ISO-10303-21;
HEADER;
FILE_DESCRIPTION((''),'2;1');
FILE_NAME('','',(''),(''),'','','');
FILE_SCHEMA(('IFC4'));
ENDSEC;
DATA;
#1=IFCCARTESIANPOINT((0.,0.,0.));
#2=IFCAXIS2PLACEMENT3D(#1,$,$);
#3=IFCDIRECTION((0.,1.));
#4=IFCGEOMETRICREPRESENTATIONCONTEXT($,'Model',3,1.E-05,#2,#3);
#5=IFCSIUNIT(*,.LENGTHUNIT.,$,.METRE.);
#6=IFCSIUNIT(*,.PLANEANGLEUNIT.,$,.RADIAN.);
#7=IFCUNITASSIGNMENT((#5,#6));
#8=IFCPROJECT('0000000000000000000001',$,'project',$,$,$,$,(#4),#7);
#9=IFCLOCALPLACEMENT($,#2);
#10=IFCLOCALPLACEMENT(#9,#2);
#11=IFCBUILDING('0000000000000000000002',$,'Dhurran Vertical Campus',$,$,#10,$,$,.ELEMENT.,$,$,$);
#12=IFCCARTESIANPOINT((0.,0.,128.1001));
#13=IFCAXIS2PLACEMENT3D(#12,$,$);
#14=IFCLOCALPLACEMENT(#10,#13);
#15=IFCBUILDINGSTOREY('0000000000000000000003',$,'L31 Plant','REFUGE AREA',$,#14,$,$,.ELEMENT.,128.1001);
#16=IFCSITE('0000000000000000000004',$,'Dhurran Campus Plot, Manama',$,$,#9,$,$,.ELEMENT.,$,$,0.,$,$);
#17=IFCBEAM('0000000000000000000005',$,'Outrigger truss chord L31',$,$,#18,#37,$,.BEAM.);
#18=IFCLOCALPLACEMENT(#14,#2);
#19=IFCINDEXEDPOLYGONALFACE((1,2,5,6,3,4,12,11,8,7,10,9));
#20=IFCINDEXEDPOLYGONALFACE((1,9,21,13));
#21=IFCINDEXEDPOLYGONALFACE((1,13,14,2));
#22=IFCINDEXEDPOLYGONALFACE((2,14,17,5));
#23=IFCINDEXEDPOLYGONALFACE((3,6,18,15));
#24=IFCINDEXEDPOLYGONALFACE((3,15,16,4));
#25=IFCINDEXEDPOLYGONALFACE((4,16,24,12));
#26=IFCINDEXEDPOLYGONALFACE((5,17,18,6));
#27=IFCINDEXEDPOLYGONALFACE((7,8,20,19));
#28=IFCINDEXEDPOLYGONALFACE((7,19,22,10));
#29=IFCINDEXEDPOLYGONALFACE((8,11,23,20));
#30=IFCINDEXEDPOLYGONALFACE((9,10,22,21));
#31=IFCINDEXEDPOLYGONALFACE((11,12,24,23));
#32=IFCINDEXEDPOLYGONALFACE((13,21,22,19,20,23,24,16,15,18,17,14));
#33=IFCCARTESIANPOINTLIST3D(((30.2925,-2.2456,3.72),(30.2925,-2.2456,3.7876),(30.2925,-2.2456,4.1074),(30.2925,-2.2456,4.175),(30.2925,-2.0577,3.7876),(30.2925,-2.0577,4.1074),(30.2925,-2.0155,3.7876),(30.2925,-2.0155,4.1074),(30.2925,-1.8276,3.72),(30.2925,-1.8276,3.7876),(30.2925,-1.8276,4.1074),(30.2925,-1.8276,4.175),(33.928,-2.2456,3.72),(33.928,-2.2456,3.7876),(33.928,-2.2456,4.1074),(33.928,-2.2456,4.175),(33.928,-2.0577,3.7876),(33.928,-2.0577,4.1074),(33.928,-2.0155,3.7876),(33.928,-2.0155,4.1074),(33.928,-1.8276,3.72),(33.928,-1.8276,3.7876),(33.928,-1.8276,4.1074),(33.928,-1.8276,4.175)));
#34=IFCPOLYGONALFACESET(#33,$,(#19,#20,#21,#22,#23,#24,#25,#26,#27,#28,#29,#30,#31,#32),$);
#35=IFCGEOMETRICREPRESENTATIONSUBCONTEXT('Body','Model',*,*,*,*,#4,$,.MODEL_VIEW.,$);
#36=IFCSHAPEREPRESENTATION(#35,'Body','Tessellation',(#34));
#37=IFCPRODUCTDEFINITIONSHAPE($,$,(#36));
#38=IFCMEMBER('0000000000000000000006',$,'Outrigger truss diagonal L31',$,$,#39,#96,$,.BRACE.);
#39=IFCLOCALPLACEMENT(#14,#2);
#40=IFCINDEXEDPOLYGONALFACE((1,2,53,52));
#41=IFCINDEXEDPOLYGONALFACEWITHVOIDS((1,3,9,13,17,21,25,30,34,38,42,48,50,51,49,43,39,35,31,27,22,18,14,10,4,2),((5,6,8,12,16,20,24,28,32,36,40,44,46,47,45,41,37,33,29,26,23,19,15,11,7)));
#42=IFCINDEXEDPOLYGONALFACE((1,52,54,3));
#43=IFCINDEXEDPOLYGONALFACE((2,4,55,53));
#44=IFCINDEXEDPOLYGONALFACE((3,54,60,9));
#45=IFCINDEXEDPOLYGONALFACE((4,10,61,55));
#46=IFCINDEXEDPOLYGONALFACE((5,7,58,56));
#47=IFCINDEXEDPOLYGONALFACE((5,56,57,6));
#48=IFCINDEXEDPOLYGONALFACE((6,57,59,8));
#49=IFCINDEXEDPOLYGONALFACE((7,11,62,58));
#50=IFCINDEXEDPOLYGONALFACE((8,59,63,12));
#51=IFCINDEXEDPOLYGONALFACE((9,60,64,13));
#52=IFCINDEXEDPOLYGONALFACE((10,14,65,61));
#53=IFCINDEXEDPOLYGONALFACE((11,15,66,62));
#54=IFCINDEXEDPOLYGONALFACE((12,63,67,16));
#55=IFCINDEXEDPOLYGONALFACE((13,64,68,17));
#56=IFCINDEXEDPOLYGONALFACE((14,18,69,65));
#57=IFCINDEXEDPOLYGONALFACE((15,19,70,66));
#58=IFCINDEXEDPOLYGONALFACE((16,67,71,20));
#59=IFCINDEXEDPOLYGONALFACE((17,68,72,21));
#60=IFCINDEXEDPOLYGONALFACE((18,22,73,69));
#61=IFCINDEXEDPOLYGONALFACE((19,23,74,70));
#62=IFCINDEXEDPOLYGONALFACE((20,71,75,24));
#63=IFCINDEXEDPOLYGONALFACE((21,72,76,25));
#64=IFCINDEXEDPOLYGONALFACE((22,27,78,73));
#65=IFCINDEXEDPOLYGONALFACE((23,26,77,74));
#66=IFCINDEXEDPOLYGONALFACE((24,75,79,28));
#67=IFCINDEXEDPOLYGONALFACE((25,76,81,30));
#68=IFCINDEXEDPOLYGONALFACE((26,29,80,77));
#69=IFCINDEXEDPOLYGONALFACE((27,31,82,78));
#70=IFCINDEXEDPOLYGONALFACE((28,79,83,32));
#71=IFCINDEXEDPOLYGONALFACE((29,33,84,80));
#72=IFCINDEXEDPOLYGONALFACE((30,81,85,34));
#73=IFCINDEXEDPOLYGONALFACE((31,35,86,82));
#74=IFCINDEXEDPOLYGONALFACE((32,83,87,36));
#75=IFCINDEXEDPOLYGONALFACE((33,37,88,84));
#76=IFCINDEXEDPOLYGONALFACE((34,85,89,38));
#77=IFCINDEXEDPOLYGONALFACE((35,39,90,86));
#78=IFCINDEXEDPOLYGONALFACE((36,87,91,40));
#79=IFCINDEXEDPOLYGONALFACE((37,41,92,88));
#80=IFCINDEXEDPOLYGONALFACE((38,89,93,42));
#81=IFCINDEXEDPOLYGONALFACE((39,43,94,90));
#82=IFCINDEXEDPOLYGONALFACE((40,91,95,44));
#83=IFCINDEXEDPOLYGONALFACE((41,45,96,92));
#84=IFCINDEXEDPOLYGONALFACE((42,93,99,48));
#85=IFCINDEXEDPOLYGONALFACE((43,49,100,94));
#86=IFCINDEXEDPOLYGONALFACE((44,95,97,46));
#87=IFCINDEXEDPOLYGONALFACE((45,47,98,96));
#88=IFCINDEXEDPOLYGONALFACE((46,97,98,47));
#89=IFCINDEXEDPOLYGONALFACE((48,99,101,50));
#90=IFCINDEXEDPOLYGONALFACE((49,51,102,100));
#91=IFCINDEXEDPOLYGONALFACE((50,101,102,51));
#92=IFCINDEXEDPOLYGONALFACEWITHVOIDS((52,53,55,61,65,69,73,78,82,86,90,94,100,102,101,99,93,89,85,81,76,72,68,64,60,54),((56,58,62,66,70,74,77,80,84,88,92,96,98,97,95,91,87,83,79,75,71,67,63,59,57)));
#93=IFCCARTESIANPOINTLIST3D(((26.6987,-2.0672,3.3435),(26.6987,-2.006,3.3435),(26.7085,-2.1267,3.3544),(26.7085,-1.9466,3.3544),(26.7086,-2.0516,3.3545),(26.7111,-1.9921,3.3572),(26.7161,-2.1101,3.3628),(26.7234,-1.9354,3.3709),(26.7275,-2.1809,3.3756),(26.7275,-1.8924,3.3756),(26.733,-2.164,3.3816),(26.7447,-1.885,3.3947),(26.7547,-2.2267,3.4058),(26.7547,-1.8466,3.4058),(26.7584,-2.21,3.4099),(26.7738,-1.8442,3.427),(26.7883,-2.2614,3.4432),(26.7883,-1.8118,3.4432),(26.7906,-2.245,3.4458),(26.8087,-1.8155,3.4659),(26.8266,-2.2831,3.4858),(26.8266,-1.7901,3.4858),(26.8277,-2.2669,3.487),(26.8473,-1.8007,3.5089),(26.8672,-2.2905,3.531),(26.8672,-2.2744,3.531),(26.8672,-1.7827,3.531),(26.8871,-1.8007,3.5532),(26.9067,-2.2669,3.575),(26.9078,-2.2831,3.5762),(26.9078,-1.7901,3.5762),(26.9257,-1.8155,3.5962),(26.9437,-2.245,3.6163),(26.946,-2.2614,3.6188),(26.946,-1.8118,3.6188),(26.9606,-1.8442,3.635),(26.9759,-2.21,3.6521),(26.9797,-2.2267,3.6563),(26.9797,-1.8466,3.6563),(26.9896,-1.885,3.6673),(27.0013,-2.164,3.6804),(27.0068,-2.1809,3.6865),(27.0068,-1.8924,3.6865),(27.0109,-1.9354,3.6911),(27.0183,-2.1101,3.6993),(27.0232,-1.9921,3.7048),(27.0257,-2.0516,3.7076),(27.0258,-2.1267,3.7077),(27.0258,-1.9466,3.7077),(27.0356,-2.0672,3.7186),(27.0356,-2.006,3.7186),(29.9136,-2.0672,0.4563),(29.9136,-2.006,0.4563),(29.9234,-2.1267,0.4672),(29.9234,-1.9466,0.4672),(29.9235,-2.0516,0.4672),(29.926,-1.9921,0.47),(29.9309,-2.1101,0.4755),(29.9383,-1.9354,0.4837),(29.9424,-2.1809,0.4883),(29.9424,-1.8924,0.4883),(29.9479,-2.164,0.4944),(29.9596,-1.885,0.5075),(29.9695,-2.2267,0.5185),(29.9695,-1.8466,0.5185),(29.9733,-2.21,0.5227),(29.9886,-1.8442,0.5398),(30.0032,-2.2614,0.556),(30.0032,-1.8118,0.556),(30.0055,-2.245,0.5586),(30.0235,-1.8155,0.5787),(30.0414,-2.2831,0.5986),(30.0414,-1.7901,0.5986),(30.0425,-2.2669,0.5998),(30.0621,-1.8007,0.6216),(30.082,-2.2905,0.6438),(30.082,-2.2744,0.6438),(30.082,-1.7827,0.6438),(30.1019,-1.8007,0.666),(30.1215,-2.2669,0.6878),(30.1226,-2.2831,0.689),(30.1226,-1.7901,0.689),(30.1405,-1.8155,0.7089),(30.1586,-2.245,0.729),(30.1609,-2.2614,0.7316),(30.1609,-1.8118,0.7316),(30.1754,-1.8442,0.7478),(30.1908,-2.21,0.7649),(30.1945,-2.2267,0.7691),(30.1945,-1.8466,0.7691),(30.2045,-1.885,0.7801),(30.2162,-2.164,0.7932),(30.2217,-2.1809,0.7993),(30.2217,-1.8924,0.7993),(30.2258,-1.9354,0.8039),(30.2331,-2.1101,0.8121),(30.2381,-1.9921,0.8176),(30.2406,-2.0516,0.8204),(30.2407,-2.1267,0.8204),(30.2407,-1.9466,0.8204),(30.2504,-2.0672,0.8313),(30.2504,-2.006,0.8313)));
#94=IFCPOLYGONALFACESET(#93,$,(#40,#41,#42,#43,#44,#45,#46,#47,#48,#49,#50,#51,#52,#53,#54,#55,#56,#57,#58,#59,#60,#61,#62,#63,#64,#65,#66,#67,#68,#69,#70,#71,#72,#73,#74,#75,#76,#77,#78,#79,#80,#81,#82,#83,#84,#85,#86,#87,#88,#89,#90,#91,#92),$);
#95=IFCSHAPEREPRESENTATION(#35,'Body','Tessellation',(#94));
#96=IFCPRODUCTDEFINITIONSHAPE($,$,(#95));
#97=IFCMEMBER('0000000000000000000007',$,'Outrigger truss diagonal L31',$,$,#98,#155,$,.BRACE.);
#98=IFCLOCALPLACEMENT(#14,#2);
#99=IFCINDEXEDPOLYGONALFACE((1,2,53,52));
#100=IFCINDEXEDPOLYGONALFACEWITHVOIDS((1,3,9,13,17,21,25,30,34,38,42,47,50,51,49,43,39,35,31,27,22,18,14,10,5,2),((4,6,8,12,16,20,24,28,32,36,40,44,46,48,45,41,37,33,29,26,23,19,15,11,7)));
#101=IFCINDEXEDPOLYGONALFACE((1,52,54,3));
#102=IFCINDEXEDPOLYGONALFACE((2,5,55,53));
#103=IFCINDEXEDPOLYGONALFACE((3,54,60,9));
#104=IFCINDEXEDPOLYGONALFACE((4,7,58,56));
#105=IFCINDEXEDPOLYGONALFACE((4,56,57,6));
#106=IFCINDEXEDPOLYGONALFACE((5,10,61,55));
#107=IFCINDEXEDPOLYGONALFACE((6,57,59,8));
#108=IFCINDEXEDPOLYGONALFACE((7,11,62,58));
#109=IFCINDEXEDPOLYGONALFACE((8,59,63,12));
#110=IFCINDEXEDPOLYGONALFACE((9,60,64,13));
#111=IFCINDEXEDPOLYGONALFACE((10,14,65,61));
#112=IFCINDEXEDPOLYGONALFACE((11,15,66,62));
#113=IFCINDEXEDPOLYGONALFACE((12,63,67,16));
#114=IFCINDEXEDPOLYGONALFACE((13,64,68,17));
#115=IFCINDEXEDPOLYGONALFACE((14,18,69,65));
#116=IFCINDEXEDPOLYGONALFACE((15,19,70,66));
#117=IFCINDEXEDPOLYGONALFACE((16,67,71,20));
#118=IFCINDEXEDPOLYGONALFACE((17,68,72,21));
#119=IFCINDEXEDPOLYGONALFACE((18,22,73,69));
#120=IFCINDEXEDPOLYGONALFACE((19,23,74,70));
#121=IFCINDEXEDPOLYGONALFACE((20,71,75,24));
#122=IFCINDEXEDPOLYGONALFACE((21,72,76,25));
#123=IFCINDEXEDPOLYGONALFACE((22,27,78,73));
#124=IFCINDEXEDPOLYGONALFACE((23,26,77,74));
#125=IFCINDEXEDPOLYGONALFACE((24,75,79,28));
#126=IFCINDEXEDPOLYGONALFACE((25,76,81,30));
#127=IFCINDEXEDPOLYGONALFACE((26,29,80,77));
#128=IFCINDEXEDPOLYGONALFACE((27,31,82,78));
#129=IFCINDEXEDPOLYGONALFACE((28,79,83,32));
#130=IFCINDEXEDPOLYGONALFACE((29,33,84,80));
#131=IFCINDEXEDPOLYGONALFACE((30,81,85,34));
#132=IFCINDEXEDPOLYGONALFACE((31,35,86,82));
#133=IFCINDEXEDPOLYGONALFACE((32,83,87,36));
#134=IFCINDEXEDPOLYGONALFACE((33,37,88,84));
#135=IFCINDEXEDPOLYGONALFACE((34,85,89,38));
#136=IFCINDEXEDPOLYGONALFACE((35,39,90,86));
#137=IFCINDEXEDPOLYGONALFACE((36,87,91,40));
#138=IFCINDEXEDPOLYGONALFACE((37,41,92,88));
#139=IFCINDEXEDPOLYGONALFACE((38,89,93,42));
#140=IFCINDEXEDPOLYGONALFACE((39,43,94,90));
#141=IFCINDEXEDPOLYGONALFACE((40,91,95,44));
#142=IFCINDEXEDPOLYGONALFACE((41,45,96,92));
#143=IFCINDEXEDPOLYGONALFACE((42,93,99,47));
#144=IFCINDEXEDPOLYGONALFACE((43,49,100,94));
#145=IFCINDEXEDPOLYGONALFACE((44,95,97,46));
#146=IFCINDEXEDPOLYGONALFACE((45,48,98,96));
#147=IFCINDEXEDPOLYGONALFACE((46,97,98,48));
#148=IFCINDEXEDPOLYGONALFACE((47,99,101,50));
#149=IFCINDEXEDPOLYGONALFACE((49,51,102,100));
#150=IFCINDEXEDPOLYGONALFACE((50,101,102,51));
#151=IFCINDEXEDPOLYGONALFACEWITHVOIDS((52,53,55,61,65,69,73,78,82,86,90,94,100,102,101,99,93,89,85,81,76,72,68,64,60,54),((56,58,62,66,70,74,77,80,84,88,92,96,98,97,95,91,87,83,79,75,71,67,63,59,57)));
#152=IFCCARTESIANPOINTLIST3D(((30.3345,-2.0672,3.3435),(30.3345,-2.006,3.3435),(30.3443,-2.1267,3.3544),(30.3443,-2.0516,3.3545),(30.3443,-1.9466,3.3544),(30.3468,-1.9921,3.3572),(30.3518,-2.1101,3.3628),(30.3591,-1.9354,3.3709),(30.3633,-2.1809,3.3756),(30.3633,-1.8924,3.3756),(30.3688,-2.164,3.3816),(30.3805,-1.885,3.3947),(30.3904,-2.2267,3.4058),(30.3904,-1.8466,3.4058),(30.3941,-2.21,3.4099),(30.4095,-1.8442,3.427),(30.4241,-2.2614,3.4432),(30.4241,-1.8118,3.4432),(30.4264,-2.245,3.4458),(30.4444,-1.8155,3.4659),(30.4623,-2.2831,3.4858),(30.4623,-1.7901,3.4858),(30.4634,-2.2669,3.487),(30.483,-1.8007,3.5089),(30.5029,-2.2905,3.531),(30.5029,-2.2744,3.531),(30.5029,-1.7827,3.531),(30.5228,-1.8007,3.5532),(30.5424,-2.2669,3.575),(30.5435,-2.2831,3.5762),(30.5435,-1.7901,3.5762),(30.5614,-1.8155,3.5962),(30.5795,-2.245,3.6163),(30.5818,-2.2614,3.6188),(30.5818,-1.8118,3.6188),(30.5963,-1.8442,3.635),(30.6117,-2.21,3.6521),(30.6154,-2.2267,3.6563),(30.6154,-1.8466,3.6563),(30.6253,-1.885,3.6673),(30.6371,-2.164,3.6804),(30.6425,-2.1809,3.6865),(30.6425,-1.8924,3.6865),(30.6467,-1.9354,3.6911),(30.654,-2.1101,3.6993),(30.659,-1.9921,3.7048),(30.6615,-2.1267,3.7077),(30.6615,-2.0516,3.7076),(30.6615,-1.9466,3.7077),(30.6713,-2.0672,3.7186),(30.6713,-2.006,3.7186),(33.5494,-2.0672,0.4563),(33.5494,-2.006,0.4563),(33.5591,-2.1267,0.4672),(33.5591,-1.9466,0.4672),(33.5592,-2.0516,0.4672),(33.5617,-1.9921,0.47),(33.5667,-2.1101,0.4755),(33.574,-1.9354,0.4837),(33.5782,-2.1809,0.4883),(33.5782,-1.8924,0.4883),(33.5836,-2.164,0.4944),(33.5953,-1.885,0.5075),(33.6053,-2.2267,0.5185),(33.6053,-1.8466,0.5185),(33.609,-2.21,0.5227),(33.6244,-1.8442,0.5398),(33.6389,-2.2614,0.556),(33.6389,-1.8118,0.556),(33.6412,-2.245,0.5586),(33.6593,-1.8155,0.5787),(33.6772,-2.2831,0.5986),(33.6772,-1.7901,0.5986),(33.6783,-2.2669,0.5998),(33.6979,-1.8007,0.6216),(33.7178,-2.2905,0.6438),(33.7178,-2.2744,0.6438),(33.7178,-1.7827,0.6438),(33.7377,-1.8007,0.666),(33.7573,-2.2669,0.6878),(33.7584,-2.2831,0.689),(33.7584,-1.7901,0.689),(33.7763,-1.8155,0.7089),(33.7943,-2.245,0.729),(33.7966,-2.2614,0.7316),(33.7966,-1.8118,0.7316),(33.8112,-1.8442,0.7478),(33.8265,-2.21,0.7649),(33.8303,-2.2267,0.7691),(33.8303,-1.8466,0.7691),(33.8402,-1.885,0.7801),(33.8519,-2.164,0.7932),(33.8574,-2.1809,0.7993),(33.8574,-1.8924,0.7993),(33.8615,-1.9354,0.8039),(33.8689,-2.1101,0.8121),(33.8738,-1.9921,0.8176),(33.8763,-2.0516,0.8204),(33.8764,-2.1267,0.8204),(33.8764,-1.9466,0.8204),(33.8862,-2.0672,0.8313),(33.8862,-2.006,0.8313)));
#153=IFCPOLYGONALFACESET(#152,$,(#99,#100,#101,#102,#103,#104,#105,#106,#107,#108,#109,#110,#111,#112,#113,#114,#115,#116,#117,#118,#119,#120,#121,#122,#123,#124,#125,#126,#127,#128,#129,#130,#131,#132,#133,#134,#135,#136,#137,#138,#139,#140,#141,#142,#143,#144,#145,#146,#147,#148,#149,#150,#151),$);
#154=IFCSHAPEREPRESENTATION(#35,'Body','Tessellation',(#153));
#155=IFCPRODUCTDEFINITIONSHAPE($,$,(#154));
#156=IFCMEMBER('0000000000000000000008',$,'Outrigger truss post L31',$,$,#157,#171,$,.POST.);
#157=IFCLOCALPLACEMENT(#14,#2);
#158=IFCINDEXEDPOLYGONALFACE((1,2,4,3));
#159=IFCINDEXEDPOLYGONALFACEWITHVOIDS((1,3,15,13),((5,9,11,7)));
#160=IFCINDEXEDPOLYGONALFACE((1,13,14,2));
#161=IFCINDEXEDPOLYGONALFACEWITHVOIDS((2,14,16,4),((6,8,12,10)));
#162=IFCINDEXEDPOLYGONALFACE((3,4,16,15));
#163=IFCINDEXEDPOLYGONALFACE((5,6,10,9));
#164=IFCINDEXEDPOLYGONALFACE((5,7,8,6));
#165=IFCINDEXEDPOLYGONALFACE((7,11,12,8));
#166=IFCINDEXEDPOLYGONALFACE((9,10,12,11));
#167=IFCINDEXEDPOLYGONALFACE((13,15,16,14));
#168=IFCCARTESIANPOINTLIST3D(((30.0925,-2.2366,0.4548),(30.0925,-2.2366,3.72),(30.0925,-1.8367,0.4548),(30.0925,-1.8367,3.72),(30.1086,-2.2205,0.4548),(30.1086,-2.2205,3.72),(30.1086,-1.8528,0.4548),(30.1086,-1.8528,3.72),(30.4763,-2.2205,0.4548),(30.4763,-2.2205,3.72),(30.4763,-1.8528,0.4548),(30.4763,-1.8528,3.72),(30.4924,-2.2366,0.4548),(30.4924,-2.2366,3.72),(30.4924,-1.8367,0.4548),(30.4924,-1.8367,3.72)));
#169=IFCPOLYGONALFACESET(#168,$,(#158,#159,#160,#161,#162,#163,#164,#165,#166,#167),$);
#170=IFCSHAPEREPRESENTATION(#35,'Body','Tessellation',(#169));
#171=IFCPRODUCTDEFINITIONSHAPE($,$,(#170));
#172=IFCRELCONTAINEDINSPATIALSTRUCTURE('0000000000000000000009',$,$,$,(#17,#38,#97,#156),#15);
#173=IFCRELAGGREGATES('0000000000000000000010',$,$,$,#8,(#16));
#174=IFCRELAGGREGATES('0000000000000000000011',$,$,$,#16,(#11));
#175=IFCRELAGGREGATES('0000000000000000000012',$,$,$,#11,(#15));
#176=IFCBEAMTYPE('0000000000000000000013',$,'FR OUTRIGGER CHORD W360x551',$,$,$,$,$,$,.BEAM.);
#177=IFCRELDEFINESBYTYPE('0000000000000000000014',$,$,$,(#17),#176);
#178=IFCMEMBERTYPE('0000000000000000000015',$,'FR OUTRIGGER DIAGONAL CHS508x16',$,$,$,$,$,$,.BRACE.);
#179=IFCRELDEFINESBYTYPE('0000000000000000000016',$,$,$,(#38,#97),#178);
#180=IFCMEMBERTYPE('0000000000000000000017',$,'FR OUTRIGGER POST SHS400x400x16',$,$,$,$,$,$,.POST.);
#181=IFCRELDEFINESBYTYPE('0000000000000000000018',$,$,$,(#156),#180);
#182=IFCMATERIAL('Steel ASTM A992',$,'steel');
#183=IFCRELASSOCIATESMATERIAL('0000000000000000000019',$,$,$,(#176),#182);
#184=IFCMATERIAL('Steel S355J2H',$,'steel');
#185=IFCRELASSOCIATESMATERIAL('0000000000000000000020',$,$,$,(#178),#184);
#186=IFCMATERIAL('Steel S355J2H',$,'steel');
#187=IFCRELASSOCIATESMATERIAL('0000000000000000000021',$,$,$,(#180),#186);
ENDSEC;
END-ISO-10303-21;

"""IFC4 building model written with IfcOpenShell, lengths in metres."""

from ifc_helpers import new_model, si_unit, direction, frame, origin, origin_2d, place, context, subcontext, project, spatial, hollow_rectangle, hollow_circle, i_section, extrude, material, material_profile, profile_set, type_object, element, save


model = new_model("IFC4")

# Units and contexts
model_context = context("Model", 3, precision=1e-05, world=origin(), true_north=direction((0.0, 1.0)))
body_context = subcontext(model_context, "Body", "Model", "MODEL_VIEW")
ifc_project = project(units=[si_unit("LENGTHUNIT", "METRE"), si_unit("PLANEANGLEUNIT", "RADIAN")], contexts=[model_context])

# Site, building, storey
site_placement = place(None, origin())
site = spatial("IfcSite", under=ifc_project, at=site_placement, Name="Dhurran Campus Plot, Manama", CompositionType="ELEMENT", RefElevation=0.0)
building_placement = place(site_placement, origin())
building = spatial("IfcBuilding", under=site, at=building_placement, Name="Dhurran Vertical Campus", CompositionType="ELEMENT")
storey_placement = place(building_placement, frame((0.0, 0.0, 128.1001)))
storey = spatial("IfcBuildingStorey", under=building, at=storey_placement, Name="L31 Plant", Description="REFUGE AREA", CompositionType="ELEMENT", Elevation=128.1001)

# Beam
ifc_material_1 = material(Name="Steel ASTM A992", Category="steel")
ifc_material_profile_1 = material_profile(ifc_material_1, i_section(OverallWidth=0.418, OverallDepth=0.4551, WebThickness=0.0422, FlangeThickness=0.0676, at=origin_2d()), Name="W360x551")
ifc_profile_set_1 = profile_set([ifc_material_profile_1], Name="Steel ASTM A992")
beam_type_1 = type_object("IfcBeamType", Name="FR OUTRIGGER CHORD W360x551", PredefinedType="BEAM", material=ifc_profile_set_1)
for number, where, z_axis, x_axis, name in (
    (1, (30.2925, -2.0366, 3.9475), (1.0, 0.0, 0.0), (0.0, 1.0, 0.0), "Outrigger truss chord L31"),
):
    element("IfcBeam", number, at=place(storey_placement, frame(where, z_axis=z_axis, x_axis=x_axis)), inside=storey, type_object=beam_type_1, Name=name, PredefinedType="BEAM", context=body_context, shape_type="SweptSolid", body=[
        extrude(i_section(OverallWidth=0.418, OverallDepth=0.4551, WebThickness=0.0422, FlangeThickness=0.0676, at=origin_2d()), origin(), (0.0, 0.0, 1.0), 3.6355),
    ])

# Members
ifc_material_2 = material(Name="Steel S355J2H", Category="steel")
ifc_material_profile_2 = material_profile(ifc_material_2, hollow_circle(Radius=0.2539, WallThickness=0.0161, at=origin_2d()), Name="CHS508x16")
ifc_profile_set_2 = profile_set([ifc_material_profile_2], Name="Steel S355J2H")
member_type_1 = type_object("IfcMemberType", Name="FR OUTRIGGER DIAGONAL CHS508x16", PredefinedType="BRACE", material=ifc_profile_set_2)
for number, where, z_axis, x_axis, name in (
    (2, (30.082, -2.0366, 0.6438), (-0.744002, 0.0, 0.668178), (0.0, -1.0, 0.0), "Outrigger truss diagonal L31"),
    (3, (33.7178, -2.0366, 0.6438), (-0.744002, 0.0, 0.668178), (0.0, -1.0, 0.0), "Outrigger truss diagonal L31"),
):
    element("IfcMember", number, at=place(storey_placement, frame(where, z_axis=z_axis, x_axis=x_axis)), inside=storey, type_object=member_type_1, Name=name, PredefinedType="BRACE", context=body_context, shape_type="SweptSolid", body=[
        extrude(hollow_circle(Radius=0.2539, WallThickness=0.0161, at=origin_2d()), origin(), (0.0, 0.0, 1.0), 4.321),
    ])
ifc_material_3 = material(Name="Steel S355J2H", Category="steel")
ifc_material_profile_3 = material_profile(ifc_material_3, hollow_rectangle(XDim=0.3999, YDim=0.3999, WallThickness=0.0161, at=origin_2d()), Name="SHS400x400x16")
ifc_profile_set_3 = profile_set([ifc_material_profile_3], Name="Steel S355J2H")
member_type_2 = type_object("IfcMemberType", Name="FR OUTRIGGER POST SHS400x400x16", PredefinedType="POST", material=ifc_profile_set_3)
member_1_placement = place(storey_placement, frame((30.2925, -2.0366, 0.4548), z_axis=(0.0, 0.0, 1.0), x_axis=(1.0, 0.0, 0.0)))
element("IfcMember", 4, at=member_1_placement, inside=storey, type_object=member_type_2, Name="Outrigger truss post L31", PredefinedType="POST", context=body_context, shape_type="SweptSolid", body=[
    extrude(hollow_rectangle(XDim=0.3999, YDim=0.3999, WallThickness=0.0161, at=origin_2d()), origin(), (0.0, 0.0, 1.0), 3.2651),
])

save(model, "model.ifc")
